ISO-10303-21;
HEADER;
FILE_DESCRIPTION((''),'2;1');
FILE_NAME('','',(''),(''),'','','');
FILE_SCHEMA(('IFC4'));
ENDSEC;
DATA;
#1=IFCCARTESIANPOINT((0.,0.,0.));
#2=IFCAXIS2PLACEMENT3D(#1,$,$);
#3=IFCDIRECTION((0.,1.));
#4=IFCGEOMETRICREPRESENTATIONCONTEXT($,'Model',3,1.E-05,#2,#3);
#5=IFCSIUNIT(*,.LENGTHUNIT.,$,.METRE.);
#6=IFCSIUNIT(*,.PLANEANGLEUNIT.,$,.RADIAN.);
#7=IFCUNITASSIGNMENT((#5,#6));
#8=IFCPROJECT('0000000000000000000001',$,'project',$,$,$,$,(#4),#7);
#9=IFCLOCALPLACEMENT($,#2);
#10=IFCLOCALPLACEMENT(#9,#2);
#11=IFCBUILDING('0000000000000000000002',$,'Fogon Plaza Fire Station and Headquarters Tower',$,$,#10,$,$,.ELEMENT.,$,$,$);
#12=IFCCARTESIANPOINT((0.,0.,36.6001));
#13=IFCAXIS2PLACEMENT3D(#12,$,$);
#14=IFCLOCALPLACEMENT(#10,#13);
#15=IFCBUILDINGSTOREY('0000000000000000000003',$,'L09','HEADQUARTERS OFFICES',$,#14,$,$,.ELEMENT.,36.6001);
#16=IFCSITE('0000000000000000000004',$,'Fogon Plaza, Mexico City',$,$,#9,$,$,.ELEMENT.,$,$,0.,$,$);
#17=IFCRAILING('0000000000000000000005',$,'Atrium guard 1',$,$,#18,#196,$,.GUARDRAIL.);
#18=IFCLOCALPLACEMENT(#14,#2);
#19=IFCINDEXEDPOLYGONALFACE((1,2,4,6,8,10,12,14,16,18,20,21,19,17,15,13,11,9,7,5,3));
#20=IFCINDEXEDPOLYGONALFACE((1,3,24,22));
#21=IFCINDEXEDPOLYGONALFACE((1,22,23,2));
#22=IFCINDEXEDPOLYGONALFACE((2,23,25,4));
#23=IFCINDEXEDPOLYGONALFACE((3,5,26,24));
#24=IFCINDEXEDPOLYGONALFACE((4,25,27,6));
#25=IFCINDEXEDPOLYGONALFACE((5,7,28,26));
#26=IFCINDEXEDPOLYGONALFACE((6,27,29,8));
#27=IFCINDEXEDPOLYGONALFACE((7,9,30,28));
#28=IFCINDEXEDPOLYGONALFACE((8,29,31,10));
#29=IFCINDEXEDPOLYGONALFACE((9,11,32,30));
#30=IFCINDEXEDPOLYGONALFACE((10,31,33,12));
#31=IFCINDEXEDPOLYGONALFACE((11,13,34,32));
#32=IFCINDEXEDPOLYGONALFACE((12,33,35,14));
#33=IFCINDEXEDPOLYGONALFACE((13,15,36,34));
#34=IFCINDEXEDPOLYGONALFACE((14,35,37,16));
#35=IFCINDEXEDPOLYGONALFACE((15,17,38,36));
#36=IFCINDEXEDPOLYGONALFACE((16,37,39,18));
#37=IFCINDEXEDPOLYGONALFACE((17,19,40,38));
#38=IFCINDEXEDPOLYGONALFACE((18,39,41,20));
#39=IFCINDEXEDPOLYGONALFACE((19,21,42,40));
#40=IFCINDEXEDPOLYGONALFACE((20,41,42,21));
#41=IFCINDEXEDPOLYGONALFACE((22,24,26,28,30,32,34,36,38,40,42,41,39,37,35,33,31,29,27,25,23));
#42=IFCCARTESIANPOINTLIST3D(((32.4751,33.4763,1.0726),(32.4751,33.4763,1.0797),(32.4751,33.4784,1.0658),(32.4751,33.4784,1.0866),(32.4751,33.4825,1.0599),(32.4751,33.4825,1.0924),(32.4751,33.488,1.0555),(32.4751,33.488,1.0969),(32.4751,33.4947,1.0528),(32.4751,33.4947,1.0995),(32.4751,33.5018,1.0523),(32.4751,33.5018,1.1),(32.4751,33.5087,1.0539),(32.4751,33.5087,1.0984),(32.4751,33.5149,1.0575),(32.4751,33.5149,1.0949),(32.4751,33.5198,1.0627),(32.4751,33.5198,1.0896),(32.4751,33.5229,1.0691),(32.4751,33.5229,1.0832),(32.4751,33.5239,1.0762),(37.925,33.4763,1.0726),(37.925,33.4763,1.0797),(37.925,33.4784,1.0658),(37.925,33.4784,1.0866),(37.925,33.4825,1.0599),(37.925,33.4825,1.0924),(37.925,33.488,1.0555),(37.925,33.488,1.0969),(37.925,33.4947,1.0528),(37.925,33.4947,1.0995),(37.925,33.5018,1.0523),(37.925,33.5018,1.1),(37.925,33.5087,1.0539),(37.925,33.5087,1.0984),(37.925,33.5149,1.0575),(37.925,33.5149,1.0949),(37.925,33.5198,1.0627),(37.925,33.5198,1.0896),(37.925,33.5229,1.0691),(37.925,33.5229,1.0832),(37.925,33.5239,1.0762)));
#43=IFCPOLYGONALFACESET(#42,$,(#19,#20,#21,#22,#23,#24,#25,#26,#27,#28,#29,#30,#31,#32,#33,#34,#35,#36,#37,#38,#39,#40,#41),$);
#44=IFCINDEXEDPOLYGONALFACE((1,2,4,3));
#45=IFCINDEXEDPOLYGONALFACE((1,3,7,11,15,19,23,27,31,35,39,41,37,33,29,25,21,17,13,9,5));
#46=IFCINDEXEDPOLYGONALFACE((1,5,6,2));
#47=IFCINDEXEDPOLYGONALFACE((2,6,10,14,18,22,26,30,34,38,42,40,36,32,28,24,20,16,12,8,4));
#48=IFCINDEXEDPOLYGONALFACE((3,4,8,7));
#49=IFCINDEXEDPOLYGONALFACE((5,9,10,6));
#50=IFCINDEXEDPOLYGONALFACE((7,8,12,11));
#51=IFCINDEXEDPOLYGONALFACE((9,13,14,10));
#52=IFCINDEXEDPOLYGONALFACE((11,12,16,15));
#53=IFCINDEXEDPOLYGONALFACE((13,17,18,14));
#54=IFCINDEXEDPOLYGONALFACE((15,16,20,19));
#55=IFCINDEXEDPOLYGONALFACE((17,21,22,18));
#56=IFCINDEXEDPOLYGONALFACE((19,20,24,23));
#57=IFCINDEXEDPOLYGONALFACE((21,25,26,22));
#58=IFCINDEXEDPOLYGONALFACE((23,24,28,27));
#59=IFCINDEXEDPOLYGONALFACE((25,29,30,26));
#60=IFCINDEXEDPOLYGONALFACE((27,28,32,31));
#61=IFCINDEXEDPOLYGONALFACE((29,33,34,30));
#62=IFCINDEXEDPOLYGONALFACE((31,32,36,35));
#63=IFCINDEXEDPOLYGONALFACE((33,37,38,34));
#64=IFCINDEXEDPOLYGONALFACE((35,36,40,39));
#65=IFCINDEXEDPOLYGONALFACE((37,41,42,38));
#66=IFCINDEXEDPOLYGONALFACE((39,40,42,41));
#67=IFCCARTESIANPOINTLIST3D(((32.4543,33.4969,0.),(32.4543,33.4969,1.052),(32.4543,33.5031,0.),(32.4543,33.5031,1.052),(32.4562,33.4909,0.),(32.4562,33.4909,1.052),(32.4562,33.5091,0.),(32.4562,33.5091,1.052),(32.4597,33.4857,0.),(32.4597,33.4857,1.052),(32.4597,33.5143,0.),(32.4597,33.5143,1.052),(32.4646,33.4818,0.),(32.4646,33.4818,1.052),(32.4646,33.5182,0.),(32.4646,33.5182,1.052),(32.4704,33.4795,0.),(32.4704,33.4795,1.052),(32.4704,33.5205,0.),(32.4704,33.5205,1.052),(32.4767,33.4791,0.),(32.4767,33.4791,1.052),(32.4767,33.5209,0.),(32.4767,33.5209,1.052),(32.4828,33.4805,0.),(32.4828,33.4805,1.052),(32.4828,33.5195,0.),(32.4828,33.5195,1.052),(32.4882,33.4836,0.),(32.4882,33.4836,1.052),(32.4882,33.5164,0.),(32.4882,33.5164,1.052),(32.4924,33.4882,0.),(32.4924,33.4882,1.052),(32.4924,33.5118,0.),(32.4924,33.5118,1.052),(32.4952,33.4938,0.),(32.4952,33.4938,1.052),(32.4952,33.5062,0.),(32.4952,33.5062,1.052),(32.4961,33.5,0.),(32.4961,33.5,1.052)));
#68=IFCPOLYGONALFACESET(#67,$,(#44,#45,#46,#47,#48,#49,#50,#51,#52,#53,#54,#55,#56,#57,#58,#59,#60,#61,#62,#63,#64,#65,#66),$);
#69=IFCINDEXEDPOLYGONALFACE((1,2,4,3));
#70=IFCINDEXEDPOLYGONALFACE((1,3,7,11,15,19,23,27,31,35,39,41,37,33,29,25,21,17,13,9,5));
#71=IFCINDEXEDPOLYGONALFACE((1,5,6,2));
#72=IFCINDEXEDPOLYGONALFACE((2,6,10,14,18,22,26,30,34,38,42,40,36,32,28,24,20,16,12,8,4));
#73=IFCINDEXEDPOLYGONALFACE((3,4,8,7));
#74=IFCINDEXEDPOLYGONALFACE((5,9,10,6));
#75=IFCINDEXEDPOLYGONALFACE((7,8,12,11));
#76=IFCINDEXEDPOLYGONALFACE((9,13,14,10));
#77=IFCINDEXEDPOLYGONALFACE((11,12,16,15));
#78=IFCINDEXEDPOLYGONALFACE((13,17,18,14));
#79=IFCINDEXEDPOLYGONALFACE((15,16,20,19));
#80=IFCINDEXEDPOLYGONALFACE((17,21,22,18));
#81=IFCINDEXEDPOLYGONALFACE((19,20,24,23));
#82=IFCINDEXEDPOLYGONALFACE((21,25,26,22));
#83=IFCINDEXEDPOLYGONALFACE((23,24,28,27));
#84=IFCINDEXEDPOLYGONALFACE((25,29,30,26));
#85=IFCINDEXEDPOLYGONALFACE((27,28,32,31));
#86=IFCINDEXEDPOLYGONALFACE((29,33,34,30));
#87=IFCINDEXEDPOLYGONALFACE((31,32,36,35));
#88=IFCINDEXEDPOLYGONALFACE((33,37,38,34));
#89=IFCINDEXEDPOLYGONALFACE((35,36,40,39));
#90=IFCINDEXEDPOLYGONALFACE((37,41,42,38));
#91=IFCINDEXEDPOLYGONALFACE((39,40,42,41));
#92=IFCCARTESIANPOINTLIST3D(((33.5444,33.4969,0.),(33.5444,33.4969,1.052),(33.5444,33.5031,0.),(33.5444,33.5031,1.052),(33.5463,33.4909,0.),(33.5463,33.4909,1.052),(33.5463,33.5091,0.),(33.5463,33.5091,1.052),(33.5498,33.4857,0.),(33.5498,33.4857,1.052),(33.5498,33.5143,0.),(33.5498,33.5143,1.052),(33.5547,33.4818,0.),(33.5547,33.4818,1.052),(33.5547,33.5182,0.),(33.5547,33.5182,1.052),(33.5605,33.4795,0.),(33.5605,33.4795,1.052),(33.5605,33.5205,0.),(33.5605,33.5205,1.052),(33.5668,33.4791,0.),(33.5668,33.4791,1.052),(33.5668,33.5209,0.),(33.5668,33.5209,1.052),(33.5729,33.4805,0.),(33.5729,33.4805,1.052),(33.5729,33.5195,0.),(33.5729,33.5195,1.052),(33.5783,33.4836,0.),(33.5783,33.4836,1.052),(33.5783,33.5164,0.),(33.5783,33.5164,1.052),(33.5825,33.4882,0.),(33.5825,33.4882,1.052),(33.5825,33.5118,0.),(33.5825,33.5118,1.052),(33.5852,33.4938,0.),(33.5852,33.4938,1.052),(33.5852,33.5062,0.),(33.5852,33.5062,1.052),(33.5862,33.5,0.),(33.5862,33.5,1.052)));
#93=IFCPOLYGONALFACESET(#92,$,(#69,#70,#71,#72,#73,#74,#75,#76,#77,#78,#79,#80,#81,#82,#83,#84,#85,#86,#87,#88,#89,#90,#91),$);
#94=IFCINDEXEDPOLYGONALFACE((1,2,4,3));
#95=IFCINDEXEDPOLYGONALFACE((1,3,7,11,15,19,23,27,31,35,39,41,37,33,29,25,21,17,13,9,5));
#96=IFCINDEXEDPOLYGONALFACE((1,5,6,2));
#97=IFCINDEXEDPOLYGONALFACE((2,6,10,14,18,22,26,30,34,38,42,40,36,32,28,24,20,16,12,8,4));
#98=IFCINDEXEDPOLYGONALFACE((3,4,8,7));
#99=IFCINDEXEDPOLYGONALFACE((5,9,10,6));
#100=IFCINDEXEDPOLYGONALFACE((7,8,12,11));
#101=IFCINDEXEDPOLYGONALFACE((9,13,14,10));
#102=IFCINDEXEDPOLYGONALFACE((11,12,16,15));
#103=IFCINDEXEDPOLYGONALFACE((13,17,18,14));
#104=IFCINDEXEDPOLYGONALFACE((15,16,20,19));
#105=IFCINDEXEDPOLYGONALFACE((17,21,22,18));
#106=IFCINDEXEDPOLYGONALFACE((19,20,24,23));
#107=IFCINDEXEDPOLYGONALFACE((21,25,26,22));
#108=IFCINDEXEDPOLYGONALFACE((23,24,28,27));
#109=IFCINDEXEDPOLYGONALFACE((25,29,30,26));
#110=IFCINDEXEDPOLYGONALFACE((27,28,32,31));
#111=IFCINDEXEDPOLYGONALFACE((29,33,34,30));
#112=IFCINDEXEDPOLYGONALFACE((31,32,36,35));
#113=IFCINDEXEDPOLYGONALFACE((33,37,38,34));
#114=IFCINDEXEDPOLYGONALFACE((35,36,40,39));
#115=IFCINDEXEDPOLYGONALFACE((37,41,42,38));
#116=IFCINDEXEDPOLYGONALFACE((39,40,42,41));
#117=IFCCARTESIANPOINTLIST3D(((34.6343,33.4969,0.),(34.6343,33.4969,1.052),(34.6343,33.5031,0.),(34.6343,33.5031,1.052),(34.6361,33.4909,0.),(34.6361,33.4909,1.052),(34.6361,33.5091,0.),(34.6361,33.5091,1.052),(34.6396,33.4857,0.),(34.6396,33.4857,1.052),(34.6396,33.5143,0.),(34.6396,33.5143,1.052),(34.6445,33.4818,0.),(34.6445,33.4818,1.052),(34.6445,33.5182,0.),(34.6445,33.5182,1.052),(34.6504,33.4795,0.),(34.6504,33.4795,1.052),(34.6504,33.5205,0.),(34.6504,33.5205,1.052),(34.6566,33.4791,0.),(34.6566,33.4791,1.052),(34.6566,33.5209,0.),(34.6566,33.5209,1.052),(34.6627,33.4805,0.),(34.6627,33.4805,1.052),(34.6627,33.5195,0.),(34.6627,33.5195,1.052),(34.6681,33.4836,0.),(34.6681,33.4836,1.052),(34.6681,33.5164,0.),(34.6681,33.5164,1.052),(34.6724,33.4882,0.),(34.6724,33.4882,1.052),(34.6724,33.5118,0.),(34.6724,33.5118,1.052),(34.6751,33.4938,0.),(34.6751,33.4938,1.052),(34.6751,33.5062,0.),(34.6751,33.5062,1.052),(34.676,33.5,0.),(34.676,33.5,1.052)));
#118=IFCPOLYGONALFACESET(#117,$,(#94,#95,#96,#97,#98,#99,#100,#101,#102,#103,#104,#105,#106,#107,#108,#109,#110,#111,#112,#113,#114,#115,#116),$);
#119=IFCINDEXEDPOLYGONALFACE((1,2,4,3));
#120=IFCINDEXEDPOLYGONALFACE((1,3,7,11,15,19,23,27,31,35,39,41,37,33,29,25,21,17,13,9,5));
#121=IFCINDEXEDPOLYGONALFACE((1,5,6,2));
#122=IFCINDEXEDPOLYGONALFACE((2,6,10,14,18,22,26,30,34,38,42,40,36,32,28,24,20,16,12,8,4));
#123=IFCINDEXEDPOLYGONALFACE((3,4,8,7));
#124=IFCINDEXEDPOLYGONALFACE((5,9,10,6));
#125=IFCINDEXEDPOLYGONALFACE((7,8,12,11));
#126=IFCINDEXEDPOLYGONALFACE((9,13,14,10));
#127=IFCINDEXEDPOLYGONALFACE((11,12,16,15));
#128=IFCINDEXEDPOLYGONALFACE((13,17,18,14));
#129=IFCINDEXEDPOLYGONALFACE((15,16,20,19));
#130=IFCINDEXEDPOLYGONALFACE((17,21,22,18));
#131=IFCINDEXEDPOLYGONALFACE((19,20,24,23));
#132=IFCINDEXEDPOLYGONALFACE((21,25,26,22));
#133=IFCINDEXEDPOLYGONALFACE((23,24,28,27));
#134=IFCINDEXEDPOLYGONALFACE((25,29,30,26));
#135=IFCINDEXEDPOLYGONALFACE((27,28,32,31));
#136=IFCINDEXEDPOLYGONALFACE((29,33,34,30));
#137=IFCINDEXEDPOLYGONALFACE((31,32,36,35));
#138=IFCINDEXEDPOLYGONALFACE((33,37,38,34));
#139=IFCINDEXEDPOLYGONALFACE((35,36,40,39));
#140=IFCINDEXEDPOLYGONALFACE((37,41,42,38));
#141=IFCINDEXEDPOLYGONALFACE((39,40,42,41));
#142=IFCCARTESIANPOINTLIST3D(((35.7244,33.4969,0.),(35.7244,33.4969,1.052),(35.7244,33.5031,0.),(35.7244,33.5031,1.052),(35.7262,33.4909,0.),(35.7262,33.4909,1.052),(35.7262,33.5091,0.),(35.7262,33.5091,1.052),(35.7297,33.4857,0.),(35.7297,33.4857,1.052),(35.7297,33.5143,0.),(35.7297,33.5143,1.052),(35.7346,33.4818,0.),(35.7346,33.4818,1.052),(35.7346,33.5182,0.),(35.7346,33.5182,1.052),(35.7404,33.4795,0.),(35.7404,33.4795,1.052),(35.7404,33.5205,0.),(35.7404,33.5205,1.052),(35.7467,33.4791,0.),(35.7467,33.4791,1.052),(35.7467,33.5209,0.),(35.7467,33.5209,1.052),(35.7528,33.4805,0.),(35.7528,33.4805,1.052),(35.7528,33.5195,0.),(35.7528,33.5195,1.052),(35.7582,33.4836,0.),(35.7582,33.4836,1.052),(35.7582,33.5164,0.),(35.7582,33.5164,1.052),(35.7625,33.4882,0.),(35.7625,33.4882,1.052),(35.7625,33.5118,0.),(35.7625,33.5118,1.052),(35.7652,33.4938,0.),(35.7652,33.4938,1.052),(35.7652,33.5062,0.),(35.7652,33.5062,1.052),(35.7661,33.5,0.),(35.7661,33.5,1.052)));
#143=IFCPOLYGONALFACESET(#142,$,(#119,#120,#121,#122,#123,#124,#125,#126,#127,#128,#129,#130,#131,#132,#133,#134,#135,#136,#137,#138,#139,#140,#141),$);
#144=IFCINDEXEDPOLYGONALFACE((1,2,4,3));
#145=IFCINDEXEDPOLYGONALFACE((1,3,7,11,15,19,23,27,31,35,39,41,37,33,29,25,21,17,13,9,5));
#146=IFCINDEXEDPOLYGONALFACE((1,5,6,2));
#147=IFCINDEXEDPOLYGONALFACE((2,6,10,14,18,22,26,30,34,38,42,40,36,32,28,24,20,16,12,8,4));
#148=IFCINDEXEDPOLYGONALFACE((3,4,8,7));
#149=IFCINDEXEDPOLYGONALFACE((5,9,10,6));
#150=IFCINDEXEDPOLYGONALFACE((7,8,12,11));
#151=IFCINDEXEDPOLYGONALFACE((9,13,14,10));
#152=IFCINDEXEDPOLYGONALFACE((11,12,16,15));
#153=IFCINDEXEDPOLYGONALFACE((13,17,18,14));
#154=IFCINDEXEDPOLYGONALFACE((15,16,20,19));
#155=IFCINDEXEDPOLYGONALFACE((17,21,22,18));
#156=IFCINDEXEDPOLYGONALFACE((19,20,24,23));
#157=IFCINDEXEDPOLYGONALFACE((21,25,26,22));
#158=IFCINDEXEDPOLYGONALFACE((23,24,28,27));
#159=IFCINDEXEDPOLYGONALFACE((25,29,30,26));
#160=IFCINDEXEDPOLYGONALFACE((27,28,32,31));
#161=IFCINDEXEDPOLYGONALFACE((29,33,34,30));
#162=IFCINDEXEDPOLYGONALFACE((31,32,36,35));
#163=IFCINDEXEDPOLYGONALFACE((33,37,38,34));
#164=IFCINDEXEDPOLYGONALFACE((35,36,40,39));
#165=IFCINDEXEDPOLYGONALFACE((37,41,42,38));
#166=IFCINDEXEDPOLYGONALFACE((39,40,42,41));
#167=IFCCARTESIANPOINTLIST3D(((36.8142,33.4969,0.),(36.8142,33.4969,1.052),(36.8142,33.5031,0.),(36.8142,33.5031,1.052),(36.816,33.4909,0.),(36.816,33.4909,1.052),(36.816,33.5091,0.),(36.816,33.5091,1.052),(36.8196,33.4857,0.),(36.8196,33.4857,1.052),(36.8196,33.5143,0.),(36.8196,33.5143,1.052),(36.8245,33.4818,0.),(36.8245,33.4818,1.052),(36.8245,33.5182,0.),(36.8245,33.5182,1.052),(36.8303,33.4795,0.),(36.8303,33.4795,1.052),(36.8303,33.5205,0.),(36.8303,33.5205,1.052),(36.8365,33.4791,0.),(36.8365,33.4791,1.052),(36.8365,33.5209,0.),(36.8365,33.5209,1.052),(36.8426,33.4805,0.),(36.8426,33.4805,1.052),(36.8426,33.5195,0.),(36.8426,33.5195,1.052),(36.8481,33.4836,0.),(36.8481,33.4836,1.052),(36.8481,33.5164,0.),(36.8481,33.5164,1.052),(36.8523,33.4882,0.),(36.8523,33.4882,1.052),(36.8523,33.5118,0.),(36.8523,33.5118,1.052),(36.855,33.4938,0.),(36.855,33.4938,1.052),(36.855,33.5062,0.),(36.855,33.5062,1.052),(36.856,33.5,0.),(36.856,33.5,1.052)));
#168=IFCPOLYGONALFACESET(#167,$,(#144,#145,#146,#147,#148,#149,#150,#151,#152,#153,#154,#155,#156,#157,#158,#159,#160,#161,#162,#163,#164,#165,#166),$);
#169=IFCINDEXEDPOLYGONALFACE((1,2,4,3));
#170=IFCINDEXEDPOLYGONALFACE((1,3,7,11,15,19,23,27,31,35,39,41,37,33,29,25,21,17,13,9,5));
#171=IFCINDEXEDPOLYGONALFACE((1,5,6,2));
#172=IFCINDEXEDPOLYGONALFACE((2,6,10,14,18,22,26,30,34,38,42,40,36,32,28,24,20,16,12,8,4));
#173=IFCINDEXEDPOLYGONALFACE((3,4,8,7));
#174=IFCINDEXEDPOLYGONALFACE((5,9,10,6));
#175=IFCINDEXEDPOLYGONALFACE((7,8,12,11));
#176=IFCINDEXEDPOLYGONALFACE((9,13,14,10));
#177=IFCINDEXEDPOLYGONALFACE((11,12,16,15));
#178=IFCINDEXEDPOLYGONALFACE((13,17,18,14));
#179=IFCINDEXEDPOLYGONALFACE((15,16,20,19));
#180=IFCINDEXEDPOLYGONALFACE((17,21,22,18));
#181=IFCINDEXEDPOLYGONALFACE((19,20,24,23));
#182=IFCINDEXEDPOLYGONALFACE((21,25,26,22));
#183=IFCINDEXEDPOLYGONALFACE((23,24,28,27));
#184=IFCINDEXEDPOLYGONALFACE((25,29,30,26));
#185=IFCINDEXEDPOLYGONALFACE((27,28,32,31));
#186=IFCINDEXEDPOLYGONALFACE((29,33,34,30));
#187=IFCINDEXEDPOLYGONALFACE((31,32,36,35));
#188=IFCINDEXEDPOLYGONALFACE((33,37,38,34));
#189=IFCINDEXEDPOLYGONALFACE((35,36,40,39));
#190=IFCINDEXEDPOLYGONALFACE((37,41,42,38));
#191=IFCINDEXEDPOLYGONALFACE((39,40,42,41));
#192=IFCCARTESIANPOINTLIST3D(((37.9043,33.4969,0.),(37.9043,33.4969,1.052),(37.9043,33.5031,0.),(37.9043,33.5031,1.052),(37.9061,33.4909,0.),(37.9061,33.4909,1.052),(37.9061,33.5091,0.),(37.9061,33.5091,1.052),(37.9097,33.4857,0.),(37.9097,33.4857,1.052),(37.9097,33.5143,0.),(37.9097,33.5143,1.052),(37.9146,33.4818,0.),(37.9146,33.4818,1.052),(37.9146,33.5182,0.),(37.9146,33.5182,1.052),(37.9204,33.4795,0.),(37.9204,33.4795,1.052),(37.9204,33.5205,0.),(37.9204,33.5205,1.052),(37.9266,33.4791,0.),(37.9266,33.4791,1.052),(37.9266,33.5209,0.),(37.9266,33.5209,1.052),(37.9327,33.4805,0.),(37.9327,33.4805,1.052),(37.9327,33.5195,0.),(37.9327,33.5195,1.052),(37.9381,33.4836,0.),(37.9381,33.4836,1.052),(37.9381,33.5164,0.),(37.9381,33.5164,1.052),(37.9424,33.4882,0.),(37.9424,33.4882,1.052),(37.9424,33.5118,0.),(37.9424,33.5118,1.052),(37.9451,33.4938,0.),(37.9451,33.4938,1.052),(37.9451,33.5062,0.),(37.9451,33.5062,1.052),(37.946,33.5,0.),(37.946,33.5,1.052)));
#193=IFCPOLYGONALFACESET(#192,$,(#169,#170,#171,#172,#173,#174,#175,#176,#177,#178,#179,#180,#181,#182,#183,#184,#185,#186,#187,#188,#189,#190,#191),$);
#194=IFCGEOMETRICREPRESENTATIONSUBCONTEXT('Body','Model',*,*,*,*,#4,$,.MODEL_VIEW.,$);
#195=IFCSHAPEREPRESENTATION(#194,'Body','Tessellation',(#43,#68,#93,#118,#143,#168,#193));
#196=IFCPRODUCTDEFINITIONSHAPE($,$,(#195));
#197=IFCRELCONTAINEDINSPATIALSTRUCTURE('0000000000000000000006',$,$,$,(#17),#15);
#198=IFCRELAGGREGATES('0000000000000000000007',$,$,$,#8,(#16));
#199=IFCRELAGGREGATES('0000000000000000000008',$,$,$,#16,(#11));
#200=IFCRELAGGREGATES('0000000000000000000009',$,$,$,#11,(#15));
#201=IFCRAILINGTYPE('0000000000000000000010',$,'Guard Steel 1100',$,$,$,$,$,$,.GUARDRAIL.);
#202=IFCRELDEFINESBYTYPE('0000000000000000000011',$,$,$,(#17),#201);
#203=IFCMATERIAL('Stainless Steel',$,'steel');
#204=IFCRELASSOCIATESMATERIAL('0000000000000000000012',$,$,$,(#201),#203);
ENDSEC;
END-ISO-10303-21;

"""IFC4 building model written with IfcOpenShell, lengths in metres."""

from ifc_helpers import new_model, si_unit, direction, frame, origin, origin_2d, place, context, subcontext, project, spatial, circle, extrude, material, type_object, element, save


model = new_model("IFC4")

# Units and contexts
model_context = context("Model", 3, precision=1e-05, world=origin(), true_north=direction((0.0, 1.0)))
body_context = subcontext(model_context, "Body", "Model", "MODEL_VIEW")
ifc_project = project(units=[si_unit("LENGTHUNIT", "METRE"), si_unit("PLANEANGLEUNIT", "RADIAN")], contexts=[model_context])

# Site, building, storey
site_placement = place(None, origin())
site = spatial("IfcSite", under=ifc_project, at=site_placement, Name="Fogon Plaza, Mexico City", CompositionType="ELEMENT", RefElevation=0.0)
building_placement = place(site_placement, origin())
building = spatial("IfcBuilding", under=site, at=building_placement, Name="Fogon Plaza Fire Station and Headquarters Tower", CompositionType="ELEMENT")
storey_placement = place(building_placement, frame((0.0, 0.0, 36.6001)))
storey = spatial("IfcBuildingStorey", under=building, at=storey_placement, Name="L09", Description="HEADQUARTERS OFFICES", CompositionType="ELEMENT", Elevation=36.6001)

# Railing
ifc_material_1 = material(Name="Stainless Steel", Category="steel")
railing_type = type_object("IfcRailingType", Name="Guard Steel 1100", PredefinedType="GUARDRAIL", material=ifc_material_1)
railing_placement = place(storey_placement, frame((32.4751, 33.5, 0.0)))
element("IfcRailing", 1, at=railing_placement, inside=storey, type_object=railing_type, Name="Atrium guard 1", PredefinedType="GUARDRAIL", context=body_context, shape_type="SweptSolid", body=[
    extrude(circle(Radius=0.0239, at=origin_2d()), frame((0.0, 0.0, 1.0762), z_axis=(1.0, 0.0, 0.0), x_axis=(0.0, 1.0, 0.0)), (0.0, 0.0, 1.0), 5.45),
    extrude(circle(Radius=0.021, at=origin_2d()), origin(), (0.0, 0.0, 1.0), 1.052),
    extrude(circle(Radius=0.021, at=origin_2d()), frame((1.0901, 0.0, 0.0)), (0.0, 0.0, 1.0), 1.052),
    extrude(circle(Radius=0.021, at=origin_2d()), frame((2.1799, 0.0, 0.0)), (0.0, 0.0, 1.0), 1.052),
    extrude(circle(Radius=0.021, at=origin_2d()), frame((3.27, 0.0, 0.0)), (0.0, 0.0, 1.0), 1.052),
    extrude(circle(Radius=0.021, at=origin_2d()), frame((4.3599, 0.0, 0.0)), (0.0, 0.0, 1.0), 1.052),
    extrude(circle(Radius=0.021, at=origin_2d()), frame((5.45, 0.0, 0.0)), (0.0, 0.0, 1.0), 1.052),
])

save(model, "model.ifc")
